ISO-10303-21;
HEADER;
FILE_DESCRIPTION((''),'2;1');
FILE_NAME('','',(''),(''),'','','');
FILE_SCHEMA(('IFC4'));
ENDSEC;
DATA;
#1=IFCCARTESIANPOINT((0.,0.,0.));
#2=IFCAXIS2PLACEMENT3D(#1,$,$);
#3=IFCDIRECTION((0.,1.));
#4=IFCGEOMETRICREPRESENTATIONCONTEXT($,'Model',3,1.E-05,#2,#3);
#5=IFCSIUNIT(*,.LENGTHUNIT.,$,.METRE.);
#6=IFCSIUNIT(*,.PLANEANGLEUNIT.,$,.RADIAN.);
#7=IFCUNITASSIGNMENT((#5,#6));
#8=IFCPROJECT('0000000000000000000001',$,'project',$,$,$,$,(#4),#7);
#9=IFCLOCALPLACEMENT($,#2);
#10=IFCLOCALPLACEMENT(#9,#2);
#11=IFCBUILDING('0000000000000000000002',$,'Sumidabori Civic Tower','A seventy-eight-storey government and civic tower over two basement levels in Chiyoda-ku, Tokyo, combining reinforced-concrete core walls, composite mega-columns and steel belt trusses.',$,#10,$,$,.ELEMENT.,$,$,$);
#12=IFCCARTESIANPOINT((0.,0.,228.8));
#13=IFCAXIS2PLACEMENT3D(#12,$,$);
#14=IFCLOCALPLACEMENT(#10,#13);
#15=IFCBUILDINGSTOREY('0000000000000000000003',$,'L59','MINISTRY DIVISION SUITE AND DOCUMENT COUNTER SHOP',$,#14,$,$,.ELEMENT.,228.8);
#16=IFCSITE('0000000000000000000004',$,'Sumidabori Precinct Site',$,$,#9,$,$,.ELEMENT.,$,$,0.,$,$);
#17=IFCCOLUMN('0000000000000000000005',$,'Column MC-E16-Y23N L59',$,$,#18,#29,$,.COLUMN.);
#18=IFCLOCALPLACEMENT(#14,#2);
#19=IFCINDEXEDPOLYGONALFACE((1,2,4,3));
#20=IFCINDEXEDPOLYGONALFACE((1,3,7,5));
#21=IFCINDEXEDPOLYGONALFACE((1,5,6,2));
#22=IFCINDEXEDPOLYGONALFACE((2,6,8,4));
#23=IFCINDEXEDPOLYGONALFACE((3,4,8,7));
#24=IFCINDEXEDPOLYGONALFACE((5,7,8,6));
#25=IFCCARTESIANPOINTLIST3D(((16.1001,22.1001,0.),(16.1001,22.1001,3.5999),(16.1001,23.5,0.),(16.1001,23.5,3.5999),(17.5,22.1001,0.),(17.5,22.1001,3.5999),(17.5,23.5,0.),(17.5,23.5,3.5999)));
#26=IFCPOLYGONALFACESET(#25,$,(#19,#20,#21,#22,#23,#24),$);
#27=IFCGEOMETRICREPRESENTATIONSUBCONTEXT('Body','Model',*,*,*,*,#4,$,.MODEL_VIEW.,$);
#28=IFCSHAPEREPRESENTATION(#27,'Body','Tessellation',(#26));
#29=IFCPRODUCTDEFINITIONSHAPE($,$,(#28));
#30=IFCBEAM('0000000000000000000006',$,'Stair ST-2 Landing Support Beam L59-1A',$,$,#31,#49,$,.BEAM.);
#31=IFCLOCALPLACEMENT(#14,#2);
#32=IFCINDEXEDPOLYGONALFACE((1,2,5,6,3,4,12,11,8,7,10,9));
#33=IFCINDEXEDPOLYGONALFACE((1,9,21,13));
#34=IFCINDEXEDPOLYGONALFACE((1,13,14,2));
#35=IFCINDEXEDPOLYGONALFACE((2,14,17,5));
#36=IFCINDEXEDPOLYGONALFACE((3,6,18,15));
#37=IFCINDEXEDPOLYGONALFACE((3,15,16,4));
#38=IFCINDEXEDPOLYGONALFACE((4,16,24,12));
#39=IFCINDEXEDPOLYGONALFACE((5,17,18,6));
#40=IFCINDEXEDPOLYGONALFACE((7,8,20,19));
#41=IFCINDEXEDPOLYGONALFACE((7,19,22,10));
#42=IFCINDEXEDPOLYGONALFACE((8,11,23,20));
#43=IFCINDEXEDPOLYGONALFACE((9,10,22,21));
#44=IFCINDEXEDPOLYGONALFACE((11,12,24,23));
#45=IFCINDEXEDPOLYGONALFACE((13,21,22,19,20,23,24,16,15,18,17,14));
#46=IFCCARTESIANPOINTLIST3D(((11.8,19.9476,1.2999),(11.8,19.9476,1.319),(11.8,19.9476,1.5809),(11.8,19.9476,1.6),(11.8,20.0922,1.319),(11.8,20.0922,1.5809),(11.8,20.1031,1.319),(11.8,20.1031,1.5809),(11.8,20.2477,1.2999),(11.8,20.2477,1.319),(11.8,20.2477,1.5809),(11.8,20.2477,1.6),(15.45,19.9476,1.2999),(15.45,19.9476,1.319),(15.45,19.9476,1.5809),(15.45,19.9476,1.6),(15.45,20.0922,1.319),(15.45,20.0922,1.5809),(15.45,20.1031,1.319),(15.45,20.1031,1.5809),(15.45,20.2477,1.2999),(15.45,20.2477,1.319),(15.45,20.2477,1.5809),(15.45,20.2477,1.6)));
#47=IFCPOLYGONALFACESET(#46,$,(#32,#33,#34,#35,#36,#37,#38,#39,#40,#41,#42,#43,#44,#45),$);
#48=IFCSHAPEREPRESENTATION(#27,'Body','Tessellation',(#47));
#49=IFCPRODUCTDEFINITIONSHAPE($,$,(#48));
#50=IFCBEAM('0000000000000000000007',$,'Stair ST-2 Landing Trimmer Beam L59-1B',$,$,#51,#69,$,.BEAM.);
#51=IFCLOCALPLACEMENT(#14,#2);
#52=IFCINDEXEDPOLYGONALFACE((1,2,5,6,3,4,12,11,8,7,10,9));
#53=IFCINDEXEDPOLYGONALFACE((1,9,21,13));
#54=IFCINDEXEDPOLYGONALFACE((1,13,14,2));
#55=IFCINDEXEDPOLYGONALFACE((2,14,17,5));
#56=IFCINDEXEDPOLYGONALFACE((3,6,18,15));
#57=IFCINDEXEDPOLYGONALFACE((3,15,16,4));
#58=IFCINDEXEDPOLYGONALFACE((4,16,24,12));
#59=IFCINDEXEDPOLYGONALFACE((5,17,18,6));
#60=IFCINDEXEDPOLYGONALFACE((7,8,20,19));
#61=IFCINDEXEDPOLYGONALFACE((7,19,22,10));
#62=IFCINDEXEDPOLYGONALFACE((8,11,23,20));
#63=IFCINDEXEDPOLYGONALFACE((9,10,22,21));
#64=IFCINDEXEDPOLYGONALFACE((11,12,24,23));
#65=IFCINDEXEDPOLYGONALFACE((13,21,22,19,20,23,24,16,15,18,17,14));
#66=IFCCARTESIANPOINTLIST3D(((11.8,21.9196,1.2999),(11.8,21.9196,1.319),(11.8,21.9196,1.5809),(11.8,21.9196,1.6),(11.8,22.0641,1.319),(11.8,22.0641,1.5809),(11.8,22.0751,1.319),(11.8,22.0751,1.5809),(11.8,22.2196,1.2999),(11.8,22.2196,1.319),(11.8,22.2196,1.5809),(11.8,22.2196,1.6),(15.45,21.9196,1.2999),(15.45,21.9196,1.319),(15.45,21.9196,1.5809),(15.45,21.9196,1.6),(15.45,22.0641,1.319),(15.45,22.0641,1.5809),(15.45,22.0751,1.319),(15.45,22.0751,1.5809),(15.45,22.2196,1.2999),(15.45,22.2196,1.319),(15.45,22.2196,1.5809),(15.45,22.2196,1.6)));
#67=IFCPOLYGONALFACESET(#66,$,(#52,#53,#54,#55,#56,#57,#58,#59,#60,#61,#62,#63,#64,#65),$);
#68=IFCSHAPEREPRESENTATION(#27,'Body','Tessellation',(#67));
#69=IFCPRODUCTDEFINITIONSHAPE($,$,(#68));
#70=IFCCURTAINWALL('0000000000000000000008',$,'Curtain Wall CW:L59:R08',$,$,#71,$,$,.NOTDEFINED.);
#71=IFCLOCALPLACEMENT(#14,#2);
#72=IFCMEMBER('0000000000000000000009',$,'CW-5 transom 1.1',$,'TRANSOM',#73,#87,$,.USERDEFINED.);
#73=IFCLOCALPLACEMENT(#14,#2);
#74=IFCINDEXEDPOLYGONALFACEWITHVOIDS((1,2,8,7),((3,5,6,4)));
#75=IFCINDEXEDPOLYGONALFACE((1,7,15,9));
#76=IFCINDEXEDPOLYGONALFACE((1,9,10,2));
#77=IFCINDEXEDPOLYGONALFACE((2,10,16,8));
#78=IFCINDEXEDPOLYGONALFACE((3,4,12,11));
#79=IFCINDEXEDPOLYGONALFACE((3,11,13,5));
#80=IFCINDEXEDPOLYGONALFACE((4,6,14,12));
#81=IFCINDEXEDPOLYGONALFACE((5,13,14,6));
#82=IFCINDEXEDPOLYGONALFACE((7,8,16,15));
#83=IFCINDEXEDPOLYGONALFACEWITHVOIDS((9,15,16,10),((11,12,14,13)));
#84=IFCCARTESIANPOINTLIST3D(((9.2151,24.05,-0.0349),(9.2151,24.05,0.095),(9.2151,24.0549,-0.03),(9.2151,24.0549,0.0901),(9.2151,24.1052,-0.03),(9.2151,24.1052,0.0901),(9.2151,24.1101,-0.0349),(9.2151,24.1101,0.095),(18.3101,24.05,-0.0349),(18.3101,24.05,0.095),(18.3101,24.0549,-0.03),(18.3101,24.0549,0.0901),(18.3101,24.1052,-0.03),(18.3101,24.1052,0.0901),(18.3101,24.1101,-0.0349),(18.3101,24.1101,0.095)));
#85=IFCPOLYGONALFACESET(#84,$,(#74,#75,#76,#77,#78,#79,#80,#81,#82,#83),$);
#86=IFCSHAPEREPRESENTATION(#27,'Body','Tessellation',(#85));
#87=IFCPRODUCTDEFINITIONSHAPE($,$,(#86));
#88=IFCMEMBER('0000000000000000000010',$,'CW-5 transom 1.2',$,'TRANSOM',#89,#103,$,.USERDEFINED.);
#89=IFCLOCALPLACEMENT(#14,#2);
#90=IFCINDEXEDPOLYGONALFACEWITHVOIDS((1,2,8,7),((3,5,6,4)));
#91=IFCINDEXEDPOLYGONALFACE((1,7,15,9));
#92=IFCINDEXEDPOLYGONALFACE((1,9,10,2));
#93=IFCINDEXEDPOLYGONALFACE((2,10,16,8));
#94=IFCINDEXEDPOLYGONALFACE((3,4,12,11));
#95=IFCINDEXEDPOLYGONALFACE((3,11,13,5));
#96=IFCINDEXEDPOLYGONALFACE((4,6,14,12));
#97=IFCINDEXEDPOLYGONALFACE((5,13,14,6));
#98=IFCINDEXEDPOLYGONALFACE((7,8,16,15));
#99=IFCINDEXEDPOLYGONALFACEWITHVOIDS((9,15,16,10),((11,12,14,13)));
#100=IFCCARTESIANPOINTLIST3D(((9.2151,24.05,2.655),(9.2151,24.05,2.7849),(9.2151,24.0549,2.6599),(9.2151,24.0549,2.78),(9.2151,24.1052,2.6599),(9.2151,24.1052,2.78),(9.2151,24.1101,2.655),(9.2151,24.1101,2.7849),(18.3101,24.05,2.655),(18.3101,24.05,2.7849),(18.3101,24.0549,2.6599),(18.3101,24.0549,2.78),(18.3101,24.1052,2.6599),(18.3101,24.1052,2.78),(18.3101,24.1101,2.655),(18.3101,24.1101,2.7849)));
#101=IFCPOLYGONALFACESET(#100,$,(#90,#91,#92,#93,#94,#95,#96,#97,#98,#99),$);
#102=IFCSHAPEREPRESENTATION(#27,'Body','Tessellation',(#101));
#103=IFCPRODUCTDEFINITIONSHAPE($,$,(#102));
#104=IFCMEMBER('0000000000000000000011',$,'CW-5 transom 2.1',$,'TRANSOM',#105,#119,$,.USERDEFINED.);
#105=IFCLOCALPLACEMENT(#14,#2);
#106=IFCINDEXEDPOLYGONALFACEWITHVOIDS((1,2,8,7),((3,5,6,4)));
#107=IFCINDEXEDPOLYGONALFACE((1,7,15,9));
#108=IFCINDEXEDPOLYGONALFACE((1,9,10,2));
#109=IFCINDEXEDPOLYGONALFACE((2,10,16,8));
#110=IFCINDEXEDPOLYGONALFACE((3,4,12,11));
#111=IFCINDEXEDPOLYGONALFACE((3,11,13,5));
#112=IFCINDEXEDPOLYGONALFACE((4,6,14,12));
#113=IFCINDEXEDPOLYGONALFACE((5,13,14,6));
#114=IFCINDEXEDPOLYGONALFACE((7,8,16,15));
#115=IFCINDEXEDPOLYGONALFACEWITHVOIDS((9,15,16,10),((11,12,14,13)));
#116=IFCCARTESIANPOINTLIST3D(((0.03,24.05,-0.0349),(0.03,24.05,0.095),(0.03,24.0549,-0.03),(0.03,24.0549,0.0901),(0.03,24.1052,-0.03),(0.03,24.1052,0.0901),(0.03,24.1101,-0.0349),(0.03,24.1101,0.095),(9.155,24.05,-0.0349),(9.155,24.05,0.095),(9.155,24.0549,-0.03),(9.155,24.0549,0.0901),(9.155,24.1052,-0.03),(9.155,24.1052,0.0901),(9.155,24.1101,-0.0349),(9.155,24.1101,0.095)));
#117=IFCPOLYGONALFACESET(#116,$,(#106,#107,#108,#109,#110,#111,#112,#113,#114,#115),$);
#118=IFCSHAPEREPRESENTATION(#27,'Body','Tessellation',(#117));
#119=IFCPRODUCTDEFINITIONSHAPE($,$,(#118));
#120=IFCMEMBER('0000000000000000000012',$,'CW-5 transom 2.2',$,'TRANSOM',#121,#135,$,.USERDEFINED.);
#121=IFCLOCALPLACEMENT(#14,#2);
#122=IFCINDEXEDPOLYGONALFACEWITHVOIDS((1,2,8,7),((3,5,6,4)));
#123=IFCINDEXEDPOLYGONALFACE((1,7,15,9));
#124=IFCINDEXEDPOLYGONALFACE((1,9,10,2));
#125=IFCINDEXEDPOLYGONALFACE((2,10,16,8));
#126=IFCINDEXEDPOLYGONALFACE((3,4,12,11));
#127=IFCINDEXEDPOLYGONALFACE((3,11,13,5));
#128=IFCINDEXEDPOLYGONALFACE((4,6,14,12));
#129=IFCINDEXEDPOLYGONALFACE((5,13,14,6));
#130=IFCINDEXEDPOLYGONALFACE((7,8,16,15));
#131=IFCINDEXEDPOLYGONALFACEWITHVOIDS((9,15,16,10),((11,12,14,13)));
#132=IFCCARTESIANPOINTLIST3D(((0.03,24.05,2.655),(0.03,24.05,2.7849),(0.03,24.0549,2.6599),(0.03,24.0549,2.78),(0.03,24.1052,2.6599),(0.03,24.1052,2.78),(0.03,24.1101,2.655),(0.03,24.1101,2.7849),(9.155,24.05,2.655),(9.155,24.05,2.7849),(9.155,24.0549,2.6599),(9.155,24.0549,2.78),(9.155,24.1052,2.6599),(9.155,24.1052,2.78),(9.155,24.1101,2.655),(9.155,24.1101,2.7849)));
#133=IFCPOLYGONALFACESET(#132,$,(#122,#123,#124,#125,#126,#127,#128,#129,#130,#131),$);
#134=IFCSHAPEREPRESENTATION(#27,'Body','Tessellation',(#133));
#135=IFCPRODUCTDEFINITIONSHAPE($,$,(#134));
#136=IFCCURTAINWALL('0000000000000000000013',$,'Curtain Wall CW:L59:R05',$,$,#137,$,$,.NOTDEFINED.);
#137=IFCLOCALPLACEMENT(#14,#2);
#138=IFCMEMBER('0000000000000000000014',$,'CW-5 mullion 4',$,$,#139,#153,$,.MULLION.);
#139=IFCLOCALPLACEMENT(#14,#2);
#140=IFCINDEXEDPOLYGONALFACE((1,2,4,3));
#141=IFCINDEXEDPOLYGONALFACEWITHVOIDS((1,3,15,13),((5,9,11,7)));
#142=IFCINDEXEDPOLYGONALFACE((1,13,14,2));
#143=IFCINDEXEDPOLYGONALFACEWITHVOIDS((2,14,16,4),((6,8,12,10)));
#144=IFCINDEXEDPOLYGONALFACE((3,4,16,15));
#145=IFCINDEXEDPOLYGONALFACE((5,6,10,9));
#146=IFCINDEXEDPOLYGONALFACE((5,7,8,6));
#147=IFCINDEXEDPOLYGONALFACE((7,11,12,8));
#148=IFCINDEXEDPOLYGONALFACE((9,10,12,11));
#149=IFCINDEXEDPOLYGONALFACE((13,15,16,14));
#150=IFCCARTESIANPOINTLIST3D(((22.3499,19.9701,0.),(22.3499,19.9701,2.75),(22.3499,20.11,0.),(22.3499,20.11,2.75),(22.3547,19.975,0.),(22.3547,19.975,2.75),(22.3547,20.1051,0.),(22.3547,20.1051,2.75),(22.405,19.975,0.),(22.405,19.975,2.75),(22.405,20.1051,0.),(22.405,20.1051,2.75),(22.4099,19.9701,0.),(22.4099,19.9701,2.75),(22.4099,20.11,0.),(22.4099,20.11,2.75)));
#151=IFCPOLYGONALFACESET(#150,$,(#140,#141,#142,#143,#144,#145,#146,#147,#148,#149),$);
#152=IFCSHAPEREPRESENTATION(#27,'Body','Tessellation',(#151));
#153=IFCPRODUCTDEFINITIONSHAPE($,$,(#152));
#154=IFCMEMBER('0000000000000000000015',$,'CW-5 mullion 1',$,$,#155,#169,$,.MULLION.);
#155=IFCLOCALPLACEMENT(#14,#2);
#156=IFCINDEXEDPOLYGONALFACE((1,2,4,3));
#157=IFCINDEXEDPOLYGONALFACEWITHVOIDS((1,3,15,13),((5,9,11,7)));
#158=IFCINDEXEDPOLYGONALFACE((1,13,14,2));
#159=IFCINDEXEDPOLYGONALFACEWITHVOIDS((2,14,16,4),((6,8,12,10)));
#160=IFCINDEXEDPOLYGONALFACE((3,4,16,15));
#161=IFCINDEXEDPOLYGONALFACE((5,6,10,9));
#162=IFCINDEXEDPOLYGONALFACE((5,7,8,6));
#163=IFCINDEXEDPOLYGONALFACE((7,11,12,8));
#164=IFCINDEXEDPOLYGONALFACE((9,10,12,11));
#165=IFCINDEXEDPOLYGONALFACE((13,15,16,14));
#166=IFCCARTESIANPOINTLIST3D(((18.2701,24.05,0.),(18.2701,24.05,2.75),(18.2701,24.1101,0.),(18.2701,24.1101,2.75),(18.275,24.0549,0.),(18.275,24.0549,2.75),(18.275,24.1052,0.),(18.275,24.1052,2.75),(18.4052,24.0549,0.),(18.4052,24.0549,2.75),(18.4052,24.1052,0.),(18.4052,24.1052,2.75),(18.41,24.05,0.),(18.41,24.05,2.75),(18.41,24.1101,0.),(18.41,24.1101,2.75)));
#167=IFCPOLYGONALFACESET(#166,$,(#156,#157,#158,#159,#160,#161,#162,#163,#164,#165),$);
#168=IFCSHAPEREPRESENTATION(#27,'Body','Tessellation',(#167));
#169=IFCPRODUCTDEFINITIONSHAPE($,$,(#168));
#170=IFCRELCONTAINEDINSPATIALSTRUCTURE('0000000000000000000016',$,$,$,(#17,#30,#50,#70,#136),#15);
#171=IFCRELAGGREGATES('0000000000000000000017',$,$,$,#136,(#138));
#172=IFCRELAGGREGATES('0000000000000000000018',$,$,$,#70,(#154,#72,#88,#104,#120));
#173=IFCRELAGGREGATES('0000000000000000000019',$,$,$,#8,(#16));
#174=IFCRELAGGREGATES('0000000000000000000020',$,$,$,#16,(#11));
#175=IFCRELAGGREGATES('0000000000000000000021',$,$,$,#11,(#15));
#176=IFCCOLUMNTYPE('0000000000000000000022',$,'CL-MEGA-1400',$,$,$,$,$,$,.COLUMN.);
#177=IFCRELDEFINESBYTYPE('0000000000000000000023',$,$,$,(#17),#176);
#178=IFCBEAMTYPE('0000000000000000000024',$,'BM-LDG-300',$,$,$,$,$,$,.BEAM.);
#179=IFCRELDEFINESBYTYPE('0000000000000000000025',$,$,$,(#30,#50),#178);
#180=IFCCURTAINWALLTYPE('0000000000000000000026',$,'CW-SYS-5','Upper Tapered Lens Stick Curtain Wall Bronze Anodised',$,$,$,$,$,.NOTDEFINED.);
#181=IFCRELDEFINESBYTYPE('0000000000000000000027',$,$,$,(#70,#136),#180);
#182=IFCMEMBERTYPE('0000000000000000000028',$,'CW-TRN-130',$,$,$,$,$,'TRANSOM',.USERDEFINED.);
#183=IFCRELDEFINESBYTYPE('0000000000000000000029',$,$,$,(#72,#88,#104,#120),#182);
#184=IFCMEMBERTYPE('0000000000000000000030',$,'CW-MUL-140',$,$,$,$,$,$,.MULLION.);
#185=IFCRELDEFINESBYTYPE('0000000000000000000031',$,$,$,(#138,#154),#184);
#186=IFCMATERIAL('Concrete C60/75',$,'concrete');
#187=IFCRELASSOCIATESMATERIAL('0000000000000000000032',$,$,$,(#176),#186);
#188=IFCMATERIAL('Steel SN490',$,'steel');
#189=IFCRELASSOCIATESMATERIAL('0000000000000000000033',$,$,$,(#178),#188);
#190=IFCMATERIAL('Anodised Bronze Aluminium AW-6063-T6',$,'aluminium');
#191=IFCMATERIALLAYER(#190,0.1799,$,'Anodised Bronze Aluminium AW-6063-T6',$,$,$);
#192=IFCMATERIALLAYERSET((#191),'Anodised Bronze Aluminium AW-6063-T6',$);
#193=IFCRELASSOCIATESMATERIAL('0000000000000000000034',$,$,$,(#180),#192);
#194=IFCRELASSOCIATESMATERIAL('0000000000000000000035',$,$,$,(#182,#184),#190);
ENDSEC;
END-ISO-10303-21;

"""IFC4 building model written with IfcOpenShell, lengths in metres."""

from ifc_helpers import new_model, si_unit, direction, frame, origin, origin_2d, place, context, subcontext, project, spatial, rectangle, hollow_rectangle, i_section, extrude, source, transform, mapped, material, layer, layer_set, material_profile, profile_set, type_object, element, aggregate, save


model = new_model("IFC4")

# Units and contexts
model_context = context("Model", 3, precision=1e-05, world=origin(), true_north=direction((0.0, 1.0)))
body_context = subcontext(model_context, "Body", "Model", "MODEL_VIEW")
ifc_project = project(units=[si_unit("LENGTHUNIT", "METRE"), si_unit("PLANEANGLEUNIT", "RADIAN")], contexts=[model_context])

# Site, building, storey
site_placement = place(None, origin())
site = spatial("IfcSite", under=ifc_project, at=site_placement, Name="Sumidabori Precinct Site", CompositionType="ELEMENT", RefElevation=0.0)
building_placement = place(site_placement, origin())
building = spatial("IfcBuilding", under=site, at=building_placement, Name="Sumidabori Civic Tower", Description="A seventy-eight-storey government and civic tower over two basement levels in Chiyoda-ku, Tokyo, combining reinforced-concrete core walls, composite mega-columns and steel belt trusses.", CompositionType="ELEMENT")
storey_placement = place(building_placement, frame((0.0, 0.0, 228.8)))
storey = spatial("IfcBuildingStorey", under=building, at=storey_placement, Name="L59", Description="MINISTRY DIVISION SUITE AND DOCUMENT COUNTER SHOP", CompositionType="ELEMENT", Elevation=228.8)

# Column
ifc_material_1 = material(Name="Concrete C60/75", Category="concrete")
ifc_material_profile_1 = material_profile(ifc_material_1, rectangle(XDim=1.3999, YDim=1.3999, at=origin_2d()), Name="RC 1400x1400")
ifc_profile_set_1 = profile_set([ifc_material_profile_1], Name="Concrete C60/75")
column_type = type_object("IfcColumnType", Name="CL-MEGA-1400", PredefinedType="COLUMN", material=ifc_profile_set_1)
shared_shape_1 = source(origin(), body_context, "Body", "SweptSolid", [
    extrude(rectangle(XDim=1.3999, YDim=1.3999, at=origin_2d()), origin(), (0.0, 0.0, 1.0), 3.5999),
])
column_placement = place(storey_placement, frame((16.8, 22.8, 0.0), z_axis=(0.0, 0.0, 1.0), x_axis=(1.0, 0.0, 0.0)))
element("IfcColumn", 1, at=column_placement, inside=storey, type_object=column_type, Name="Column MC-E16-Y23N L59", PredefinedType="COLUMN", context=body_context, shape_type="MappedRepresentation", body=[
    mapped(shared_shape_1, transform((0.0, 0.0, 0.0), x_axis=(1.0, 0.0, 0.0), y_axis=(0.0, 1.0, 0.0), z_axis=(0.0, 0.0, 1.0), scale=1.0)),
])

# Beams
ifc_material_2 = material(Name="Steel SN490", Category="steel")
ifc_material_profile_2 = material_profile(ifc_material_2, i_section(OverallWidth=0.3, OverallDepth=0.3, WebThickness=0.011, FlangeThickness=0.019, at=origin_2d()), Name="HE 300 B")
ifc_profile_set_2 = profile_set([ifc_material_profile_2], Name="Steel SN490")
beam_type = type_object("IfcBeamType", Name="BM-LDG-300", PredefinedType="BEAM", material=ifc_profile_set_2)
shared_shape_2 = source(origin(), body_context, "Body", "SweptSolid", [
    extrude(i_section(OverallWidth=0.3, OverallDepth=0.3, WebThickness=0.011, FlangeThickness=0.019, at=origin_2d()), origin(), (0.0, 0.0, 1.0), 3.6499),
])
for number, where, z_axis, x_axis, name in (
    (2, (11.8, 20.0977, 1.45), (1.0, 0.0, 0.0), (0.0, 1.0, 0.0), "Stair ST-2 Landing Support Beam L59-1A"),
    (3, (11.8, 22.0696, 1.45), (1.0, 0.0, 0.0), (0.0, 1.0, 0.0), "Stair ST-2 Landing Trimmer Beam L59-1B"),
):
    element("IfcBeam", number, at=place(storey_placement, frame(where, z_axis=z_axis, x_axis=x_axis)), inside=storey, type_object=beam_type, Name=name, PredefinedType="BEAM", context=body_context, shape_type="MappedRepresentation", body=[
        mapped(shared_shape_2, transform((0.0, 0.0, 0.0), x_axis=(1.0, 0.0, 0.0), y_axis=(0.0, 1.0, 0.0), z_axis=(0.0, 0.0, 1.0), scale=1.0)),
    ])

# Curtain wall, members
ifc_material_3 = material(Name="Anodised Bronze Aluminium AW-6063-T6", Category="aluminium")
ifc_layer_1 = layer(ifc_material_3, 0.1799, Name="Anodised Bronze Aluminium AW-6063-T6")
ifc_layer_set_1 = layer_set([ifc_layer_1], Name="Anodised Bronze Aluminium AW-6063-T6")
curtain_wall_type = type_object("IfcCurtainWallType", Name="CW-SYS-5", Description="Upper Tapered Lens Stick Curtain Wall Bronze Anodised", PredefinedType="NOTDEFINED", material=ifc_layer_set_1)
curtain_wall_1_placement = place(storey_placement, origin())
curtain_wall_1 = element("IfcCurtainWall", 4, at=curtain_wall_1_placement, inside=storey, type_object=curtain_wall_type, Name="Curtain Wall CW:L59:R08", PredefinedType="NOTDEFINED")
ifc_material_profile_3 = material_profile(ifc_material_3, hollow_rectangle(XDim=0.0601, YDim=0.1299, WallThickness=0.0049, at=origin_2d()), Name="ALU TRANSOM 130x60")
ifc_profile_set_3 = profile_set([ifc_material_profile_3], Name="Anodised Bronze Aluminium AW-6063-T6")
member_type_1 = type_object("IfcMemberType", Name="CW-TRN-130", ElementType="TRANSOM", PredefinedType="USERDEFINED", material=ifc_profile_set_3)
shared_shape_3 = source(origin(), body_context, "Body", "SweptSolid", [
    extrude(hollow_rectangle(XDim=0.0601, YDim=0.1299, WallThickness=0.0049, at=origin_2d()), origin(), (0.0, 0.0, 1.0), 9.095),
])
member_1_placement = place(storey_placement, frame((18.3101, 24.0801, 0.03), z_axis=(-1.0, 0.0, 0.0), x_axis=(0.0, -1.0, 0.0)))
member_1 = element("IfcMember", 5, at=member_1_placement, type_object=member_type_1, Name="CW-5 transom 1.1", ObjectType="TRANSOM", PredefinedType="USERDEFINED", context=body_context, shape_type="MappedRepresentation", body=[
    mapped(shared_shape_3, transform((0.0, 0.0, 0.0), x_axis=(1.0, 0.0, 0.0), y_axis=(0.0, 1.0, 0.0), z_axis=(0.0, 0.0, 1.0), scale=1.0)),
])
member_2_placement = place(storey_placement, frame((18.3101, 24.0801, 2.72), z_axis=(-1.0, 0.0, 0.0), x_axis=(0.0, -1.0, 0.0)))
member_2 = element("IfcMember", 6, at=member_2_placement, type_object=member_type_1, Name="CW-5 transom 1.2", ObjectType="TRANSOM", PredefinedType="USERDEFINED", context=body_context, shape_type="MappedRepresentation", body=[
    mapped(shared_shape_3, transform((0.0, 0.0, 0.0), x_axis=(1.0, 0.0, 0.0), y_axis=(0.0, 1.0, 0.0), z_axis=(0.0, 0.0, 1.0), scale=1.0)),
])
shared_shape_4 = source(origin(), body_context, "Body", "SweptSolid", [
    extrude(hollow_rectangle(XDim=0.0601, YDim=0.1299, WallThickness=0.0049, at=origin_2d()), origin(), (0.0, 0.0, 1.0), 9.125),
])
member_3_placement = place(storey_placement, frame((9.155, 24.0801, 0.03), z_axis=(-1.0, 0.0, 0.0), x_axis=(0.0, -1.0, 0.0)))
member_3 = element("IfcMember", 7, at=member_3_placement, type_object=member_type_1, Name="CW-5 transom 2.1", ObjectType="TRANSOM", PredefinedType="USERDEFINED", context=body_context, shape_type="MappedRepresentation", body=[
    mapped(shared_shape_4, transform((0.0, 0.0, 0.0), x_axis=(1.0, 0.0, 0.0), y_axis=(0.0, 1.0, 0.0), z_axis=(0.0, 0.0, 1.0), scale=1.0)),
])
member_4_placement = place(storey_placement, frame((9.155, 24.0801, 2.72), z_axis=(-1.0, 0.0, 0.0), x_axis=(0.0, -1.0, 0.0)))
member_4 = element("IfcMember", 8, at=member_4_placement, type_object=member_type_1, Name="CW-5 transom 2.2", ObjectType="TRANSOM", PredefinedType="USERDEFINED", context=body_context, shape_type="MappedRepresentation", body=[
    mapped(shared_shape_4, transform((0.0, 0.0, 0.0), x_axis=(1.0, 0.0, 0.0), y_axis=(0.0, 1.0, 0.0), z_axis=(0.0, 0.0, 1.0), scale=1.0)),
])

# Curtain wall, member
curtain_wall_2_placement = place(storey_placement, origin())
curtain_wall_2 = element("IfcCurtainWall", 9, at=curtain_wall_2_placement, inside=storey, type_object=curtain_wall_type, Name="Curtain Wall CW:L59:R05", PredefinedType="NOTDEFINED")
ifc_material_profile_4 = material_profile(ifc_material_3, hollow_rectangle(XDim=0.0601, YDim=0.1399, WallThickness=0.0049, at=origin_2d()), Name="ALU MULLION 140x60")
ifc_profile_set_4 = profile_set([ifc_material_profile_4], Name="Anodised Bronze Aluminium AW-6063-T6")
member_type_2 = type_object("IfcMemberType", Name="CW-MUL-140", PredefinedType="MULLION", material=ifc_profile_set_4)
shared_shape_5 = source(origin(), body_context, "Body", "SweptSolid", [
    extrude(hollow_rectangle(XDim=0.0601, YDim=0.1399, WallThickness=0.0049, at=origin_2d()), origin(), (0.0, 0.0, 1.0), 2.75),
])
member_5_placement = place(storey_placement, frame((22.3799, 20.04, 0.0), z_axis=(0.0, 0.0, 1.0), x_axis=(-1.0, 0.0, 0.0)))
member_5 = element("IfcMember", 10, at=member_5_placement, type_object=member_type_2, Name="CW-5 mullion 4", PredefinedType="MULLION", context=body_context, shape_type="MappedRepresentation", body=[
    mapped(shared_shape_5, transform((0.0, 0.0, 0.0), x_axis=(1.0, 0.0, 0.0), y_axis=(0.0, 1.0, 0.0), z_axis=(0.0, 0.0, 1.0), scale=1.0)),
])

# Member
member_6_placement = place(storey_placement, frame((18.3401, 24.0801, 0.0), z_axis=(0.0, 0.0, 1.0), x_axis=(0.0, -1.0, 0.0)))
member_6 = element("IfcMember", 11, at=member_6_placement, type_object=member_type_2, Name="CW-5 mullion 1", PredefinedType="MULLION", context=body_context, shape_type="MappedRepresentation", body=[
    mapped(shared_shape_5, transform((0.0, 0.0, 0.0), x_axis=(1.0, 0.0, 0.0), y_axis=(0.0, 1.0, 0.0), z_axis=(0.0, 0.0, 1.0), scale=1.0)),
])

aggregate(curtain_wall_2, [member_5])
aggregate(curtain_wall_1, [member_6, member_1, member_2, member_3, member_4])

save(model, "model.ifc")
